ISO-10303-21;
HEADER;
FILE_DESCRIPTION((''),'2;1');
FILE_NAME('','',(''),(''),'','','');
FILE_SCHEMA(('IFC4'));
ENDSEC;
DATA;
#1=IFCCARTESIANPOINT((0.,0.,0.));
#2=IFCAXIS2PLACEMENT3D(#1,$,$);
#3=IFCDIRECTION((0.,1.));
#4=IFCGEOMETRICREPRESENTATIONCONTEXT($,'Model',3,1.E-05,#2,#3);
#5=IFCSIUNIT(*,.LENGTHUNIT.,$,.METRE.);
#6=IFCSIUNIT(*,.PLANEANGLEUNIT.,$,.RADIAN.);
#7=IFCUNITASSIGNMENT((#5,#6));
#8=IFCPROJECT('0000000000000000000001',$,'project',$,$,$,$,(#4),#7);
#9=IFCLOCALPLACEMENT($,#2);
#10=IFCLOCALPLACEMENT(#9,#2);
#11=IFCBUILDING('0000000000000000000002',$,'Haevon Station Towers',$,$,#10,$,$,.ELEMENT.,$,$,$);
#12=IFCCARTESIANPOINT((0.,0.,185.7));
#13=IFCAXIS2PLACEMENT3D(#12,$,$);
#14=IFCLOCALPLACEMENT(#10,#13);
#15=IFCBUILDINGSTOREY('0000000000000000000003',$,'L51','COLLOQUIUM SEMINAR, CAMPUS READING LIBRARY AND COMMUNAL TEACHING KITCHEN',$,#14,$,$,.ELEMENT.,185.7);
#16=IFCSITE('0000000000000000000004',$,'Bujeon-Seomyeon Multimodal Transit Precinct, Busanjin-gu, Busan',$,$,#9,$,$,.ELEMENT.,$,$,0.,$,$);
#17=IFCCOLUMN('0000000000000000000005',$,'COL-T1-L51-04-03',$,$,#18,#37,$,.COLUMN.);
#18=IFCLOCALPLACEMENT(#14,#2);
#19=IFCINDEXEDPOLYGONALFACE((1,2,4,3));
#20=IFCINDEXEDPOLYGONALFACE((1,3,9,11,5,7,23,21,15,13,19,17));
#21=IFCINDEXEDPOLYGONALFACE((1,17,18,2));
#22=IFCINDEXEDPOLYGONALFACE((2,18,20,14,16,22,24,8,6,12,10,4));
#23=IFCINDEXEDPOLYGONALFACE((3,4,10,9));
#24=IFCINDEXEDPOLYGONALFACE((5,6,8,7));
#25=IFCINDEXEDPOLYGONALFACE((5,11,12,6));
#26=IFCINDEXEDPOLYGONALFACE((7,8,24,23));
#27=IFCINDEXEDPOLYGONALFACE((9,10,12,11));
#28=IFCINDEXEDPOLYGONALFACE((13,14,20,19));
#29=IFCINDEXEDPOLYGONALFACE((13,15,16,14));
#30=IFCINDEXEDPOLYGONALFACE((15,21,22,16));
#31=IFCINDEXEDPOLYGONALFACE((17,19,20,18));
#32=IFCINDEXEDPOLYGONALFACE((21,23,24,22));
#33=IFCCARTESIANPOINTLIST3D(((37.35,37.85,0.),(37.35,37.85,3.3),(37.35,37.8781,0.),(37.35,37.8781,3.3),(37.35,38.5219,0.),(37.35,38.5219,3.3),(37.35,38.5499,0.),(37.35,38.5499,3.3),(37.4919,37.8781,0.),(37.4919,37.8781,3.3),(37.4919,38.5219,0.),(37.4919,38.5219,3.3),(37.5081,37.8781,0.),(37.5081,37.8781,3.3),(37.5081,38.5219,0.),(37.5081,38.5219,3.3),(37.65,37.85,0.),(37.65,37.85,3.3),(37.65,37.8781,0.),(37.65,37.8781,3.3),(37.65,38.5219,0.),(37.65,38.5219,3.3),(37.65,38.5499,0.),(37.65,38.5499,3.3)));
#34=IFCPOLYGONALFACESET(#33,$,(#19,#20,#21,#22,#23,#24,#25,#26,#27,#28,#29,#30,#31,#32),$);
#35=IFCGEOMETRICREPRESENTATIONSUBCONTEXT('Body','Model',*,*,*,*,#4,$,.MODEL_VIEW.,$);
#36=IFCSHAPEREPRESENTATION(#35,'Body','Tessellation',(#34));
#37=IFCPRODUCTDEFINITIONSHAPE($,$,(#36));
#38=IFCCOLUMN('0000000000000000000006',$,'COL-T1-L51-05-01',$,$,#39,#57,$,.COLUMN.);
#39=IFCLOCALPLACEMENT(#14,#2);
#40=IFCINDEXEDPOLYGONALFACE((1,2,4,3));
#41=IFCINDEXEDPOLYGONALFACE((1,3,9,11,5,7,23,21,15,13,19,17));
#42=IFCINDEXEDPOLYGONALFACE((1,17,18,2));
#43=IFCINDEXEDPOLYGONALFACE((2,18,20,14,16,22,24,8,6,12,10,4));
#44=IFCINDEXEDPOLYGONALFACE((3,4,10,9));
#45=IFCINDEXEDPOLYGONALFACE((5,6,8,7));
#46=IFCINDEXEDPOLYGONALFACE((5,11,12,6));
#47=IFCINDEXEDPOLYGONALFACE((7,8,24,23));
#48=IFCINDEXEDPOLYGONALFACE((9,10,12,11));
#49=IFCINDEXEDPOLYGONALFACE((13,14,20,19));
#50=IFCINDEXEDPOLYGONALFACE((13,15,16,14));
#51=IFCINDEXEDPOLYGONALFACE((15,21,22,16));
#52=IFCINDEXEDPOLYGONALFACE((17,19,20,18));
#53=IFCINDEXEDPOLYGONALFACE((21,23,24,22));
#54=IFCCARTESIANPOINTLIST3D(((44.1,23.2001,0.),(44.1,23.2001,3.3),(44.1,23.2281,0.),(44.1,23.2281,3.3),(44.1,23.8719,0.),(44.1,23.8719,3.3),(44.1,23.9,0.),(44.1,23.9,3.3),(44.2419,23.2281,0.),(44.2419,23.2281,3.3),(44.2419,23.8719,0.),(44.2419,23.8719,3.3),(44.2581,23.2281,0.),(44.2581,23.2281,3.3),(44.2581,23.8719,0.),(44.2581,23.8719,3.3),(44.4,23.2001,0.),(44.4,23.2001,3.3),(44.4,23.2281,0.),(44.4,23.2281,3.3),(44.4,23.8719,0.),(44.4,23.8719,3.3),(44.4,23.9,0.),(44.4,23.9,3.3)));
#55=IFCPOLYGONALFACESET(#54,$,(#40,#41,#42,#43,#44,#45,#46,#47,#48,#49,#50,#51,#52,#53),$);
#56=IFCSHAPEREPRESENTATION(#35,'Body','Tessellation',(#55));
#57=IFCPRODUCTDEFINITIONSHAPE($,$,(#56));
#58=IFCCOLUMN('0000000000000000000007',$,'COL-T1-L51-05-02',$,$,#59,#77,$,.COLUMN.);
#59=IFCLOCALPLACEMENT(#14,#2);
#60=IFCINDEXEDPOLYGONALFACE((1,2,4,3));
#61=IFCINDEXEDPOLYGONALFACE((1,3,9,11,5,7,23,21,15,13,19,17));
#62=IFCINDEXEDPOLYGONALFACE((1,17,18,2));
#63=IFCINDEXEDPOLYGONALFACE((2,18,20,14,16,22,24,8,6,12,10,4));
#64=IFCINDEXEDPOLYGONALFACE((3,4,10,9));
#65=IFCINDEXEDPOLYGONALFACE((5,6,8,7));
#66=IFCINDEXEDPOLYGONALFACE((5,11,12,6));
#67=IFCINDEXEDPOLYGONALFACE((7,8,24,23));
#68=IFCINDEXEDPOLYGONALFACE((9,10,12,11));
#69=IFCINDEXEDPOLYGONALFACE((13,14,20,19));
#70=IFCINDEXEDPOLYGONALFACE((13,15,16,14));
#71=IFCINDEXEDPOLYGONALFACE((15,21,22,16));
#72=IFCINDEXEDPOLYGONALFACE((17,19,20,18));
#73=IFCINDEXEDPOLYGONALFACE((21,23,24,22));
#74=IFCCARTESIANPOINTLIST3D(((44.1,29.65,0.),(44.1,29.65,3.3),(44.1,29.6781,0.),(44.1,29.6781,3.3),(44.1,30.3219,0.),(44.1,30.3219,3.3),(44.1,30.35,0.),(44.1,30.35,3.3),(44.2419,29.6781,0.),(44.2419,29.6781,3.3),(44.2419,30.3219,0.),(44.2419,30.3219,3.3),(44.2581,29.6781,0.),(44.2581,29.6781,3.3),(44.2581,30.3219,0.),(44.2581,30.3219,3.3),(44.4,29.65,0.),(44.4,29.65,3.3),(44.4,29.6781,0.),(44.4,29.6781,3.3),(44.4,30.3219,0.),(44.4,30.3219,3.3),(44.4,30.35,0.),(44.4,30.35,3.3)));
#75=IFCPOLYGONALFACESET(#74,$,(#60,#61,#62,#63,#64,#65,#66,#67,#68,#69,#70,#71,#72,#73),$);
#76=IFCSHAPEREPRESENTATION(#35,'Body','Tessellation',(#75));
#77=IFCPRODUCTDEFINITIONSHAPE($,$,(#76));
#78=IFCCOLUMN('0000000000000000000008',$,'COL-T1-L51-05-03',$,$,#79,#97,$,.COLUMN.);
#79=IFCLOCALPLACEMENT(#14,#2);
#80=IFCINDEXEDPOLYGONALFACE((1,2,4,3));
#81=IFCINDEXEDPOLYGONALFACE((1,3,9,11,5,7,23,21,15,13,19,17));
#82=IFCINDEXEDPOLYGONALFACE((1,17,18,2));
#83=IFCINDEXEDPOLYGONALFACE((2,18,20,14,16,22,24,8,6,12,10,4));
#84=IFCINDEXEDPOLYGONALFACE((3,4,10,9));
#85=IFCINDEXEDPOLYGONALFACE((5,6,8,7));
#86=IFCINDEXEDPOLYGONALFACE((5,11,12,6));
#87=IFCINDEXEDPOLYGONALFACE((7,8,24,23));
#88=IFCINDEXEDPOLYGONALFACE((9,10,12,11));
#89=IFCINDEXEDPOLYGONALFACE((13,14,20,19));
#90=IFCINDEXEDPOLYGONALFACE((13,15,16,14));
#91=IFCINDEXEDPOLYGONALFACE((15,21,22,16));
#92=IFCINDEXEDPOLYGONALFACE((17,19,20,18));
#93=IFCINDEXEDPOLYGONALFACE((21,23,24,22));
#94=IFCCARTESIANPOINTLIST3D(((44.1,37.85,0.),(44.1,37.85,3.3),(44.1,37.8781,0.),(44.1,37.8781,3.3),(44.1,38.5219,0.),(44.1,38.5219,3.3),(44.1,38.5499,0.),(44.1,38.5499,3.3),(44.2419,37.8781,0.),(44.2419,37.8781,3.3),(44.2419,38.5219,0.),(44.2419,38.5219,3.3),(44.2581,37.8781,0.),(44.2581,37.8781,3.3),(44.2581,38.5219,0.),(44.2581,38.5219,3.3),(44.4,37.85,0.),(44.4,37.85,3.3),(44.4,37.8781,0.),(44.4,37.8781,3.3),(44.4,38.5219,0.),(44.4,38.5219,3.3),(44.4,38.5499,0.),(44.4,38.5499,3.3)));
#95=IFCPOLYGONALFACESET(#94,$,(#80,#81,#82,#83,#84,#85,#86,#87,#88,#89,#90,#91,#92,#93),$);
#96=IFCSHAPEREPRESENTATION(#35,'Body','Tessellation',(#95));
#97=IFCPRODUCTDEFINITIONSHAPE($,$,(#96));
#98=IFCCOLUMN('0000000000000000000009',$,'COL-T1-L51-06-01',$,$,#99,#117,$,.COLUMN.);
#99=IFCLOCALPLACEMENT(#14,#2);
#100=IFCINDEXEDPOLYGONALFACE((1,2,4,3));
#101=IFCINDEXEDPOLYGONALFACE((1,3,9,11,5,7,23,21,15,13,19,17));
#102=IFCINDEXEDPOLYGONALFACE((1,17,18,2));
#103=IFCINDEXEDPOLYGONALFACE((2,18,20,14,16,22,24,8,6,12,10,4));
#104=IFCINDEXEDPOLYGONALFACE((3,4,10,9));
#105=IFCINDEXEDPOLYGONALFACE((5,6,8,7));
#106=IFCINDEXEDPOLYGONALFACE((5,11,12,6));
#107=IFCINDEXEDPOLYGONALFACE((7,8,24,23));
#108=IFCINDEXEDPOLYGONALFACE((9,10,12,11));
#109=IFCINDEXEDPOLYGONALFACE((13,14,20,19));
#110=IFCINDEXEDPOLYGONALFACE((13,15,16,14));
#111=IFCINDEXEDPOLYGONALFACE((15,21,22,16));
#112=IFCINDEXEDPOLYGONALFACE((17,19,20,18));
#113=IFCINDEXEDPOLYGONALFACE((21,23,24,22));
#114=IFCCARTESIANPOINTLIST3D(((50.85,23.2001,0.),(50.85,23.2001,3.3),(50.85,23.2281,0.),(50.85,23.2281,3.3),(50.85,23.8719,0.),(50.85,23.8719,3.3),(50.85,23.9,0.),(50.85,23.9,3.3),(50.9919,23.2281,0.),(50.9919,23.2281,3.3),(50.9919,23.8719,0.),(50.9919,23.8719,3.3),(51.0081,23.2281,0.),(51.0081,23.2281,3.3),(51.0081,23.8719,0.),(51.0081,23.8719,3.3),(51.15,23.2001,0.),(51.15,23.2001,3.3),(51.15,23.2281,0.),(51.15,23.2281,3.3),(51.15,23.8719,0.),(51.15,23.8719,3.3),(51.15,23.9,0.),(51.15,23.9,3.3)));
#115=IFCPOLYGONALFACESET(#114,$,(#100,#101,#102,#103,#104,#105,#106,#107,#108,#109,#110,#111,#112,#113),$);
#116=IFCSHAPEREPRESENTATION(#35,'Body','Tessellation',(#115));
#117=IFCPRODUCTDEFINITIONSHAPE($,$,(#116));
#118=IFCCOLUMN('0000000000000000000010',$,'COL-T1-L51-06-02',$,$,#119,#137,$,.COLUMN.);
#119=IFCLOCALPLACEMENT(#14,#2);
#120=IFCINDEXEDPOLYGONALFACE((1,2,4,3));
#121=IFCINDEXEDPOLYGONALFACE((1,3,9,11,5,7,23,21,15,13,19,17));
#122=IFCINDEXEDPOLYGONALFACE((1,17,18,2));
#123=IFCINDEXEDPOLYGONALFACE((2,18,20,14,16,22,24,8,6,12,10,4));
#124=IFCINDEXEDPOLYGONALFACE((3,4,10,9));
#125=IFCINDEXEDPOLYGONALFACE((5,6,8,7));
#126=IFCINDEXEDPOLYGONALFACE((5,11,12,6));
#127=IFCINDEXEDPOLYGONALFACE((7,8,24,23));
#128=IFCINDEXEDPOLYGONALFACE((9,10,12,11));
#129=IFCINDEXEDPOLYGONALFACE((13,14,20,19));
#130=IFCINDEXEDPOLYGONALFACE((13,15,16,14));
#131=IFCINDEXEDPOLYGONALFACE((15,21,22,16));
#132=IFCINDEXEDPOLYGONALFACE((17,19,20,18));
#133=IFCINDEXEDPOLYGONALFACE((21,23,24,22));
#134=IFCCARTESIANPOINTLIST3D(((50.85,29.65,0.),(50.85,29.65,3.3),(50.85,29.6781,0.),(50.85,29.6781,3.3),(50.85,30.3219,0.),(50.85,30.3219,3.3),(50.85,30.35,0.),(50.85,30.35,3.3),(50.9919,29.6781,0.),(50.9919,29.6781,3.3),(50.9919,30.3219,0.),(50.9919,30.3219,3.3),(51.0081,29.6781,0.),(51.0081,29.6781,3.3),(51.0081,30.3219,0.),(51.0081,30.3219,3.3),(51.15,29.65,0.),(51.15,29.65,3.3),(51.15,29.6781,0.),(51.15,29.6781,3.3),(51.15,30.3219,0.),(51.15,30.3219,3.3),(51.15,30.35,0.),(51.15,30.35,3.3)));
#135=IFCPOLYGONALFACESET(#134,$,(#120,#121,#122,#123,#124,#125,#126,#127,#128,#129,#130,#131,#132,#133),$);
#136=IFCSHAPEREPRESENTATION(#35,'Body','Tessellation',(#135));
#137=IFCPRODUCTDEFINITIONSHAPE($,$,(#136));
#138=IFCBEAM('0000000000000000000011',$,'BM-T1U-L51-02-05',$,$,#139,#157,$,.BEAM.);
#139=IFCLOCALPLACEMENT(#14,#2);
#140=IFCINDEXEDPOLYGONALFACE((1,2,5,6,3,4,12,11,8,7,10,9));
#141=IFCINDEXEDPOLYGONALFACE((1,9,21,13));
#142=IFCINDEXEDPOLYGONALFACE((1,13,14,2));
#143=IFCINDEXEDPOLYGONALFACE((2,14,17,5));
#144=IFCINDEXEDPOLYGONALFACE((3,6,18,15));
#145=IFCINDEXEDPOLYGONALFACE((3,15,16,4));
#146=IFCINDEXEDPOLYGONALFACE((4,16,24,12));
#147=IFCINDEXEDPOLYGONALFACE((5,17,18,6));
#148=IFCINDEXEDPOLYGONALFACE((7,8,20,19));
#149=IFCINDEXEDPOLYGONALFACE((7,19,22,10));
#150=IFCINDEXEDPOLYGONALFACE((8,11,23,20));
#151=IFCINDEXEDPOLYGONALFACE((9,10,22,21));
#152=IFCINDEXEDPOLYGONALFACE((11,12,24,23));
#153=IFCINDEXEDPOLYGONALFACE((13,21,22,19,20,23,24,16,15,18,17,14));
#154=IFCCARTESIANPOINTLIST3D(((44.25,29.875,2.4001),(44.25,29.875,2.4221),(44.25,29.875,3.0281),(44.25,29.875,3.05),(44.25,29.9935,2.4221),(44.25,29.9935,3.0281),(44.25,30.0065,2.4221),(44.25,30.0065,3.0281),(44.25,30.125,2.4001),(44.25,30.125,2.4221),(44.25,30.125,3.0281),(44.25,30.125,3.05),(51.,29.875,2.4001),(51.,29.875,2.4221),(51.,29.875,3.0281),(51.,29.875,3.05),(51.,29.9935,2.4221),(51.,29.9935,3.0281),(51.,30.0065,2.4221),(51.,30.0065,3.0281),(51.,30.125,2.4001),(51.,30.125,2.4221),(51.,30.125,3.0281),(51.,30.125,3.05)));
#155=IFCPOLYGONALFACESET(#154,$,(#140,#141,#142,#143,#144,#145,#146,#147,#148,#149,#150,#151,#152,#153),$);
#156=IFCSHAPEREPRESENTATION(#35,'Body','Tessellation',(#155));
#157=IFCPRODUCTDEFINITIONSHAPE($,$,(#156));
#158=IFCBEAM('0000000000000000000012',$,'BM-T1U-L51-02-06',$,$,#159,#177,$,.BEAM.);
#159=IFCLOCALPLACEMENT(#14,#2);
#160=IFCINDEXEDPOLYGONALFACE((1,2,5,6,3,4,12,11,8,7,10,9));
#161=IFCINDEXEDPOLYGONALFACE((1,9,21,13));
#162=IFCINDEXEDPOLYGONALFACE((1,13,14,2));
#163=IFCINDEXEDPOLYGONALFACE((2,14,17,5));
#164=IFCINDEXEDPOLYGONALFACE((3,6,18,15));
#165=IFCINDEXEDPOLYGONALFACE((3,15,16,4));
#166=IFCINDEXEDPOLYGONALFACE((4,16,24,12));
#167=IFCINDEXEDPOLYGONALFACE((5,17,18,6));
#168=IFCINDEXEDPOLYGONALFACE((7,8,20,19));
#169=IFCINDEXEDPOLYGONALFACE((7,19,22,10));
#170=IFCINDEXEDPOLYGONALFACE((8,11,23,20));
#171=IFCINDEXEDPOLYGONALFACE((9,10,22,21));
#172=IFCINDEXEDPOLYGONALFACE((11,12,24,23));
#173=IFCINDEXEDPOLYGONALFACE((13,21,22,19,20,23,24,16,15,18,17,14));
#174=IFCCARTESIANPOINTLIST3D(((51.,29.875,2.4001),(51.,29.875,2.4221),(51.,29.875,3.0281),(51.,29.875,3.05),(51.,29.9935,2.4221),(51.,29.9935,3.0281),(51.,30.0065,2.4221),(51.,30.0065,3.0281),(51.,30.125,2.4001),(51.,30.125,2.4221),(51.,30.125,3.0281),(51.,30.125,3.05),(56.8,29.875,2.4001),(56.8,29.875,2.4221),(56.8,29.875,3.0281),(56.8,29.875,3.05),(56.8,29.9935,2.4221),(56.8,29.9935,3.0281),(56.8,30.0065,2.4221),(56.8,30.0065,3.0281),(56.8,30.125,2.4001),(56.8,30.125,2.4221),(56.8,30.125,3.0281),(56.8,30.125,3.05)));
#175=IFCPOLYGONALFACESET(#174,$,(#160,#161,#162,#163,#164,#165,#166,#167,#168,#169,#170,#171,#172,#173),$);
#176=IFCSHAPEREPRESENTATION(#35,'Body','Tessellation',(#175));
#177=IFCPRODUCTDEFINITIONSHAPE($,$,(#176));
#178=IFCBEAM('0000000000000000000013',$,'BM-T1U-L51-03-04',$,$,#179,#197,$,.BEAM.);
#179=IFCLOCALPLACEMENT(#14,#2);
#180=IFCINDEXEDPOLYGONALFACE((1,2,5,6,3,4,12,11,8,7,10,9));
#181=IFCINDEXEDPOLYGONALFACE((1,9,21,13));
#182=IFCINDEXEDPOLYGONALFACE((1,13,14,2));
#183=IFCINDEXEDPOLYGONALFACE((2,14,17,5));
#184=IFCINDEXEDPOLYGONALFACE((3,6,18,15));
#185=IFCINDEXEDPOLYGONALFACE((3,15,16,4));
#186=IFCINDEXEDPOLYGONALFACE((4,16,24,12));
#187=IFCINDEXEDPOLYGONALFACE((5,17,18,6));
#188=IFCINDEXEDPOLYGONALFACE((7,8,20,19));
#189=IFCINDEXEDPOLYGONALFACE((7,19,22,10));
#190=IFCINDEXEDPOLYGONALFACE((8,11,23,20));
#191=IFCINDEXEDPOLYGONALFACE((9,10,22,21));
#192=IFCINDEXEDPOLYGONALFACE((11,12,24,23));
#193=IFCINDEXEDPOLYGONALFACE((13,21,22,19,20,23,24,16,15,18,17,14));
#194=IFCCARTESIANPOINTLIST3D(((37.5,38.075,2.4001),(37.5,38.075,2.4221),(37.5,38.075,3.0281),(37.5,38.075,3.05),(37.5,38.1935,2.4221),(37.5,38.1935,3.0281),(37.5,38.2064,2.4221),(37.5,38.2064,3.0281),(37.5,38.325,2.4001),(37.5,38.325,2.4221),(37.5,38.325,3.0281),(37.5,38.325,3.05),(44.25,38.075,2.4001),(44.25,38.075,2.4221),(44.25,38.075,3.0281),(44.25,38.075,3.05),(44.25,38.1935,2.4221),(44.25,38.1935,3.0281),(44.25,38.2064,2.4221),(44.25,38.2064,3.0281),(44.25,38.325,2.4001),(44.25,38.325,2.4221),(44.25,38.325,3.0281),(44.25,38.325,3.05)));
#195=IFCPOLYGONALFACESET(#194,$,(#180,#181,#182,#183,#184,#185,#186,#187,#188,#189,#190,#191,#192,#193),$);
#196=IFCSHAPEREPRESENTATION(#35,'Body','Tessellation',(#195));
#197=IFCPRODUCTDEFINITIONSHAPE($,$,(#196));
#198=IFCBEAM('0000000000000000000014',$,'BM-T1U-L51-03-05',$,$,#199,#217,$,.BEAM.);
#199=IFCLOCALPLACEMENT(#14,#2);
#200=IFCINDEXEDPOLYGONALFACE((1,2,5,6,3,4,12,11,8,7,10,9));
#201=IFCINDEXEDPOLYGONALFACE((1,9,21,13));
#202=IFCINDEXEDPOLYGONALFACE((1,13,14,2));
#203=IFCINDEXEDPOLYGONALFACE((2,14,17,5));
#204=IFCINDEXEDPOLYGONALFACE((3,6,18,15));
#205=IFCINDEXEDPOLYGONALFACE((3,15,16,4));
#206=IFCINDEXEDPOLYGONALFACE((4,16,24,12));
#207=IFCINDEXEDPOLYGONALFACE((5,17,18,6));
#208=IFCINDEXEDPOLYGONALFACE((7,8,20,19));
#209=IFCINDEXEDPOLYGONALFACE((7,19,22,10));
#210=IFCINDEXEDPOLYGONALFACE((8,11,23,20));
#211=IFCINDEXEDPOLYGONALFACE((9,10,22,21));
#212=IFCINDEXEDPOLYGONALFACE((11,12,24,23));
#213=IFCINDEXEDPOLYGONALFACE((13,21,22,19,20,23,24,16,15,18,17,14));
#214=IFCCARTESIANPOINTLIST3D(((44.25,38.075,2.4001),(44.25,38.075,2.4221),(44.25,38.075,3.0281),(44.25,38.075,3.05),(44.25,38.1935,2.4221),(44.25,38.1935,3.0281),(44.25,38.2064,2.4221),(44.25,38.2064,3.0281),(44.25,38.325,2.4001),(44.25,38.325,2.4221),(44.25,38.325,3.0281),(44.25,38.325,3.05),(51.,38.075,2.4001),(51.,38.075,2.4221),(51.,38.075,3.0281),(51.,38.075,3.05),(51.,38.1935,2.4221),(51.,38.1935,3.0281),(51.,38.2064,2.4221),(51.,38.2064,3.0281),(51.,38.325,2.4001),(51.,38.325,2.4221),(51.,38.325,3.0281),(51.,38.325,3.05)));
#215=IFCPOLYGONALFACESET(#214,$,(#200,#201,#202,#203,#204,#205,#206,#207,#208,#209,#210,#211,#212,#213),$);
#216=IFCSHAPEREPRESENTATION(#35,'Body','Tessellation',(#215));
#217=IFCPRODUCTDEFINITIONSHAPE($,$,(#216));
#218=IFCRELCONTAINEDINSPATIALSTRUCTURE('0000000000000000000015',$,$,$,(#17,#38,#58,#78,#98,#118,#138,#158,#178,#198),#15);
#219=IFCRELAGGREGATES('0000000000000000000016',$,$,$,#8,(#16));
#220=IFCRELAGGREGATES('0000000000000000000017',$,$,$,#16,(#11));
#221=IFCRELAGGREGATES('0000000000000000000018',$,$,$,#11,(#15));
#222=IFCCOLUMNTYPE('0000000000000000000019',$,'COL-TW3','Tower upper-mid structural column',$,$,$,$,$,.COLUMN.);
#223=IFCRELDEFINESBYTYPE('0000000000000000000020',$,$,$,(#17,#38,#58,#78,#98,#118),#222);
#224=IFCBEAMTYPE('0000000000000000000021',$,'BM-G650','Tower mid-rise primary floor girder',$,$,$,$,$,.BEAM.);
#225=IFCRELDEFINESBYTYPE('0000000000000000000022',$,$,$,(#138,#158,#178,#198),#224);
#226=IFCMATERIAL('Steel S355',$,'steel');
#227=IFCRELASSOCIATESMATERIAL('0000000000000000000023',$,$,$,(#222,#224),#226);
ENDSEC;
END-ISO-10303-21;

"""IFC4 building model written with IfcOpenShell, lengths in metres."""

from ifc_helpers import new_model, si_unit, direction, frame, origin, origin_2d, place, context, subcontext, project, spatial, i_section, extrude, material, material_profile, profile_set, type_object, element, save


model = new_model("IFC4")

# Units and contexts
model_context = context("Model", 3, precision=1e-05, world=origin(), true_north=direction((0.0, 1.0)))
body_context = subcontext(model_context, "Body", "Model", "MODEL_VIEW")
ifc_project = project(units=[si_unit("LENGTHUNIT", "METRE"), si_unit("PLANEANGLEUNIT", "RADIAN")], contexts=[model_context])

# Site, building, storey
site_placement = place(None, origin())
site = spatial("IfcSite", under=ifc_project, at=site_placement, Name="Bujeon-Seomyeon Multimodal Transit Precinct, Busanjin-gu, Busan", CompositionType="ELEMENT", RefElevation=0.0)
building_placement = place(site_placement, origin())
building = spatial("IfcBuilding", under=site, at=building_placement, Name="Haevon Station Towers", CompositionType="ELEMENT")
storey_placement = place(building_placement, frame((0.0, 0.0, 185.7)))
storey = spatial("IfcBuildingStorey", under=building, at=storey_placement, Name="L51", Description="COLLOQUIUM SEMINAR, CAMPUS READING LIBRARY AND COMMUNAL TEACHING KITCHEN", CompositionType="ELEMENT", Elevation=185.7)

# Columns
ifc_material_1 = material(Name="Steel S355", Category="steel")
ifc_material_profile_1 = material_profile(ifc_material_1, i_section(OverallWidth=0.3, OverallDepth=0.7, WebThickness=0.0161, FlangeThickness=0.0281, at=origin_2d()), Name="H-700x300x16x28")
ifc_profile_set_1 = profile_set([ifc_material_profile_1], Name="Steel S355")
column_type = type_object("IfcColumnType", Name="COL-TW3", Description="Tower upper-mid structural column", PredefinedType="COLUMN", material=ifc_profile_set_1)
for number, where, z_axis, x_axis, name in (
    (1, (37.5, 38.2, 0.0), (0.0, 0.0, 1.0), (1.0, 0.0, 0.0), "COL-T1-L51-04-03"),
    (2, (44.25, 23.55, 0.0), (0.0, 0.0, 1.0), (1.0, 0.0, 0.0), "COL-T1-L51-05-01"),
    (3, (44.25, 30.0, 0.0), (0.0, 0.0, 1.0), (1.0, 0.0, 0.0), "COL-T1-L51-05-02"),
    (4, (44.25, 38.2, 0.0), (0.0, 0.0, 1.0), (1.0, 0.0, 0.0), "COL-T1-L51-05-03"),
    (5, (51.0, 23.55, 0.0), (0.0, 0.0, 1.0), (1.0, 0.0, 0.0), "COL-T1-L51-06-01"),
    (6, (51.0, 30.0, 0.0), (0.0, 0.0, 1.0), (1.0, 0.0, 0.0), "COL-T1-L51-06-02"),
):
    element("IfcColumn", number, at=place(storey_placement, frame(where, z_axis=z_axis, x_axis=x_axis)), inside=storey, type_object=column_type, Name=name, PredefinedType="COLUMN", context=body_context, shape_type="SweptSolid", body=[
        extrude(i_section(OverallWidth=0.3, OverallDepth=0.7, WebThickness=0.0161, FlangeThickness=0.0281, at=origin_2d()), origin(), (0.0, 0.0, 1.0), 3.3),
    ])

# Beams
ifc_material_profile_2 = material_profile(ifc_material_1, i_section(OverallWidth=0.25, OverallDepth=0.6499, WebThickness=0.0129, FlangeThickness=0.022, at=origin_2d()), Name="H-650x250x13x22")
ifc_profile_set_2 = profile_set([ifc_material_profile_2], Name="Steel S355")
beam_type_1 = type_object("IfcBeamType", Name="BM-G650", Description="Tower mid-rise primary floor girder", PredefinedType="BEAM", material=ifc_profile_set_2)
beam_1_placement = place(storey_placement, frame((44.25, 30.0, 2.7251), z_axis=(1.0, 0.0, 0.0), x_axis=(0.0, 1.0, 0.0)))
element("IfcBeam", 7, at=beam_1_placement, inside=storey, type_object=beam_type_1, Name="BM-T1U-L51-02-05", PredefinedType="BEAM", context=body_context, shape_type="SweptSolid", body=[
    extrude(i_section(OverallWidth=0.25, OverallDepth=0.6499, WebThickness=0.0129, FlangeThickness=0.022, at=origin_2d()), origin(), (0.0, 0.0, 1.0), 6.75),
])
beam_2_placement = place(storey_placement, frame((51.0, 30.0, 2.7251), z_axis=(1.0, 0.0, 0.0), x_axis=(0.0, 1.0, 0.0)))
element("IfcBeam", 8, at=beam_2_placement, inside=storey, type_object=beam_type_1, Name="BM-T1U-L51-02-06", PredefinedType="BEAM", context=body_context, shape_type="SweptSolid", body=[
    extrude(i_section(OverallWidth=0.25, OverallDepth=0.6499, WebThickness=0.0129, FlangeThickness=0.022, at=origin_2d()), origin(), (0.0, 0.0, 1.0), 5.8),
])
for number, where, z_axis, x_axis, name in (
    (9, (37.5, 38.2, 2.7251), (1.0, 0.0, 0.0), (0.0, 1.0, 0.0), "BM-T1U-L51-03-04"),
    (10, (44.25, 38.2, 2.7251), (1.0, 0.0, 0.0), (0.0, 1.0, 0.0), "BM-T1U-L51-03-05"),
):
    element("IfcBeam", number, at=place(storey_placement, frame(where, z_axis=z_axis, x_axis=x_axis)), inside=storey, type_object=beam_type_1, Name=name, PredefinedType="BEAM", context=body_context, shape_type="SweptSolid", body=[
        extrude(i_section(OverallWidth=0.25, OverallDepth=0.6499, WebThickness=0.0129, FlangeThickness=0.022, at=origin_2d()), origin(), (0.0, 0.0, 1.0), 6.75),
    ])

save(model, "model.ifc")
